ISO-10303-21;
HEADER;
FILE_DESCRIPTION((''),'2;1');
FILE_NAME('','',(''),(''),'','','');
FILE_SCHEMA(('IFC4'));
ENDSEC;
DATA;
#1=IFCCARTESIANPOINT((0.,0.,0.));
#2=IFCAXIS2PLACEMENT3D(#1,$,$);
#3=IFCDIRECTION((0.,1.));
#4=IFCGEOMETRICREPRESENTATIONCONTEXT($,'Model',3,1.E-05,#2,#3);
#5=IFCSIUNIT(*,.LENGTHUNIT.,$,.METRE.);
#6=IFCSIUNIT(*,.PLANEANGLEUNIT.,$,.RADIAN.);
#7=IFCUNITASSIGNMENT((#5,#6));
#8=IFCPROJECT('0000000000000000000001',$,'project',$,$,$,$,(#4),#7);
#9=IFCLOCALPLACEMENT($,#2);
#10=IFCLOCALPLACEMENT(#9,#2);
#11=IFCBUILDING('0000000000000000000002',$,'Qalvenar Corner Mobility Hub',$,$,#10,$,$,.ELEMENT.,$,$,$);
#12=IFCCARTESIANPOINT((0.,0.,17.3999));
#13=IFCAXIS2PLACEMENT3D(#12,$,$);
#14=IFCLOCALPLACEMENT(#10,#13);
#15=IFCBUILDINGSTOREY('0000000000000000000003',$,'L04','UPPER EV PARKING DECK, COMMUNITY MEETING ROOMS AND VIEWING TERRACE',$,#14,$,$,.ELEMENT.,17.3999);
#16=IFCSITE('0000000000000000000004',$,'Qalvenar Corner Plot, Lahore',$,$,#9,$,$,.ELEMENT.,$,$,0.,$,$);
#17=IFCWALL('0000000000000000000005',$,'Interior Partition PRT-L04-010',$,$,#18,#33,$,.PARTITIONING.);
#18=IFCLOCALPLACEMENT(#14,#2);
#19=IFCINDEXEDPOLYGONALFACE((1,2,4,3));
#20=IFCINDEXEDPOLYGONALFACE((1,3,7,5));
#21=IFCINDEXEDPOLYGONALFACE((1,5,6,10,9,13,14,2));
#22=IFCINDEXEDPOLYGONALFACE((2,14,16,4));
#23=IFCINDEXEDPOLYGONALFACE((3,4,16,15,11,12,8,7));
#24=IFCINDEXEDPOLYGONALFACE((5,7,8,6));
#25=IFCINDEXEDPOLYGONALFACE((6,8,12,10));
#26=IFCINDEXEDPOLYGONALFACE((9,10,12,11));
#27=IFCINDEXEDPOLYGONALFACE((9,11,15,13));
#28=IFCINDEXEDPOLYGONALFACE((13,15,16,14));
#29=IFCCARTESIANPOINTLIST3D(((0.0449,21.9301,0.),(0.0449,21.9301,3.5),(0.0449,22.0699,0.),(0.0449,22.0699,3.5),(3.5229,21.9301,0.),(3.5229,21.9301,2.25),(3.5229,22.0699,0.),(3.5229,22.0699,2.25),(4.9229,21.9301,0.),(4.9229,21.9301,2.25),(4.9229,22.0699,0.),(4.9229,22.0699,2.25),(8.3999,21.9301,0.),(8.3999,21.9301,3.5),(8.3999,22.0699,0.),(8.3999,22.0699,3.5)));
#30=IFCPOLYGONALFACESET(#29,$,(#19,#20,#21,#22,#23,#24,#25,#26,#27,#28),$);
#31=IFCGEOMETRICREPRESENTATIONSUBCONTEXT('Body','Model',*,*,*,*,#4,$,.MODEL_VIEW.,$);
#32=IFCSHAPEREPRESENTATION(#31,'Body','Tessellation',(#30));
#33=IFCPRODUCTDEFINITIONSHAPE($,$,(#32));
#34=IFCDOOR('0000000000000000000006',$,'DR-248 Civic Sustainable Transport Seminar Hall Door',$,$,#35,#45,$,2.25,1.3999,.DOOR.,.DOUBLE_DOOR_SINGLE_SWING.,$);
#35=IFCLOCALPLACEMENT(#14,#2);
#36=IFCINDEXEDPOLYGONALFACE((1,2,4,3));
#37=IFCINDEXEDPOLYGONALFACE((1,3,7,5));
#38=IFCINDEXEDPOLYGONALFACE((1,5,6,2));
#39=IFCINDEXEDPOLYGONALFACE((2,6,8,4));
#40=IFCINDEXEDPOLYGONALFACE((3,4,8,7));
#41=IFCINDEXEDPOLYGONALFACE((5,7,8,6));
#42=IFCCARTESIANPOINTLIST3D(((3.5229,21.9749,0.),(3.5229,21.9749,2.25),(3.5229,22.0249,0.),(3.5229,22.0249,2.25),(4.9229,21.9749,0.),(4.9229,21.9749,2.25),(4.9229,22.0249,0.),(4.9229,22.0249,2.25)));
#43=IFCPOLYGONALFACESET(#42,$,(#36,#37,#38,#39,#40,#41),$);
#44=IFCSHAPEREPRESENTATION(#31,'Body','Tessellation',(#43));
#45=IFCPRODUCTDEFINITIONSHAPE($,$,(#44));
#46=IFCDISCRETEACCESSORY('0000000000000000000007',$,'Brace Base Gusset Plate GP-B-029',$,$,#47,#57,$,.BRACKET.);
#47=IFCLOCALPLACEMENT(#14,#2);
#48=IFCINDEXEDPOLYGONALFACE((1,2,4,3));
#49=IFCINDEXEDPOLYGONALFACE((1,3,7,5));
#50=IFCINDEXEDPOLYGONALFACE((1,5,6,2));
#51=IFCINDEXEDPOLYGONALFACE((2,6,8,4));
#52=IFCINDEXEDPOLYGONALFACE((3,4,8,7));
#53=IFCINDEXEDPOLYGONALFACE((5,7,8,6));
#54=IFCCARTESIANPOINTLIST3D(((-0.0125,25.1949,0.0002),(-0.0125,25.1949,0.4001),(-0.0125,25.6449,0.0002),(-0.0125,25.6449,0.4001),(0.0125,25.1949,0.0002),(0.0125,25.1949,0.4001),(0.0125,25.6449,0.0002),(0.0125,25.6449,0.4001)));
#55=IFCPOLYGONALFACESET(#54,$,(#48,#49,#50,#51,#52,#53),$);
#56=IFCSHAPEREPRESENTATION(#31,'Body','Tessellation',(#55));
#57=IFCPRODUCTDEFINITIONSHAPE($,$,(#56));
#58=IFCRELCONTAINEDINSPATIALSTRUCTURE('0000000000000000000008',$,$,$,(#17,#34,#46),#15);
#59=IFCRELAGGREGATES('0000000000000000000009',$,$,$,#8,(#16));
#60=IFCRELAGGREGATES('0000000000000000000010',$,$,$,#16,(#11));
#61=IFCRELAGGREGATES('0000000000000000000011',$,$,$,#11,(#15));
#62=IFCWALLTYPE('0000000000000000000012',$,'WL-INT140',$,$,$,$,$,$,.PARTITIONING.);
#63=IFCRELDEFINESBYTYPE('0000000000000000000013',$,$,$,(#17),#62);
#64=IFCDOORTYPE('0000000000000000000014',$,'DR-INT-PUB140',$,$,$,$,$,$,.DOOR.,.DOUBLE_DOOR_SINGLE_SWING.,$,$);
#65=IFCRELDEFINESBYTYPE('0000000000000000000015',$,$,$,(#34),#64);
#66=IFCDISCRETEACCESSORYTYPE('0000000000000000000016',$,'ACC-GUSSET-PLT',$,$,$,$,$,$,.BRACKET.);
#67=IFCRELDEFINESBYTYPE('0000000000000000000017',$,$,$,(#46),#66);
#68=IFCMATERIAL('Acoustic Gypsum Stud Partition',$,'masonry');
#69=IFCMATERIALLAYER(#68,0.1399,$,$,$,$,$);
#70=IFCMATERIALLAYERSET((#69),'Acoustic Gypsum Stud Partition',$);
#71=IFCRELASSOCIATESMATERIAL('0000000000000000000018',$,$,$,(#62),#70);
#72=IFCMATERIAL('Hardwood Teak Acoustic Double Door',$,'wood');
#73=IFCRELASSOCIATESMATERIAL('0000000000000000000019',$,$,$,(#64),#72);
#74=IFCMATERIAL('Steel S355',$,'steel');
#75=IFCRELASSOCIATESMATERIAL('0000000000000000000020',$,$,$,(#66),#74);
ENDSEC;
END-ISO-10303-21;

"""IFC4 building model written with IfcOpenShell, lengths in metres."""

from ifc_helpers import new_model, si_unit, direction, frame, frame_2d, origin, origin_2d, place, context, subcontext, project, spatial, rectangle, extrude, material, layer, layer_set, type_object, element, fill, save


model = new_model("IFC4")

# Units and contexts
model_context = context("Model", 3, precision=1e-05, world=origin(), true_north=direction((0.0, 1.0)))
body_context = subcontext(model_context, "Body", "Model", "MODEL_VIEW")
ifc_project = project(units=[si_unit("LENGTHUNIT", "METRE"), si_unit("PLANEANGLEUNIT", "RADIAN")], contexts=[model_context])

# Site, building, storey
site_placement = place(None, origin())
site = spatial("IfcSite", under=ifc_project, at=site_placement, Name="Qalvenar Corner Plot, Lahore", CompositionType="ELEMENT", RefElevation=0.0)
building_placement = place(site_placement, origin())
building = spatial("IfcBuilding", under=site, at=building_placement, Name="Qalvenar Corner Mobility Hub", CompositionType="ELEMENT")
storey_placement = place(building_placement, frame((0.0, 0.0, 17.3999)))
storey = spatial("IfcBuildingStorey", under=building, at=storey_placement, Name="L04", Description="UPPER EV PARKING DECK, COMMUNITY MEETING ROOMS AND VIEWING TERRACE", CompositionType="ELEMENT", Elevation=17.3999)

# Shared definitions
ifc_material_1 = material(Name="Steel S355", Category="steel")

# Wall, opening, door
ifc_material_2 = material(Name="Acoustic Gypsum Stud Partition", Category="masonry")
ifc_layer_1 = layer(ifc_material_2, 0.1399)
ifc_layer_set_1 = layer_set([ifc_layer_1], Name="Acoustic Gypsum Stud Partition")
wall_type = type_object("IfcWallType", Name="WL-INT140", PredefinedType="PARTITIONING", material=ifc_layer_set_1)
wall_placement = place(storey_placement, frame((0.0449, 22.0, 0.0), z_axis=(0.0, 0.0, 1.0), x_axis=(1.0, 0.0, 0.0)))
wall = element("IfcWall", 1, at=wall_placement, inside=storey, type_object=wall_type, Name="Interior Partition PRT-L04-010", PredefinedType="PARTITIONING", context=body_context, shape_type="SweptSolid", body=[
    extrude(rectangle(XDim=8.355, YDim=0.1399, at=frame_2d((4.1775, 0.0))), origin(), (0.0, 0.0, 1.0), 3.5),
])
opening_placement = place(wall_placement, frame((3.478, 0.0, 0.0)))
opening = element("IfcOpeningElement", 2, at=opening_placement, cuts=wall, PredefinedType="OPENING", context=body_context, shape_type="SweptSolid", body=[
    extrude(rectangle(XDim=1.3999, YDim=2.25, at=frame_2d((0.7, 1.125))), frame((0.0, 0.0801, 0.0), z_axis=(0.0, -1.0, 0.0), x_axis=(1.0, 0.0, 0.0)), (0.0, 0.0, 1.0), 0.1599),
])
ifc_material_3 = material(Name="Hardwood Teak Acoustic Double Door", Category="wood")
door_type = type_object("IfcDoorType", Name="DR-INT-PUB140", OperationType="DOUBLE_DOOR_SINGLE_SWING", PredefinedType="DOOR", material=ifc_material_3)
door_placement = place(opening_placement, origin())
door = element("IfcDoor", 3, at=door_placement, inside=storey, type_object=door_type, Name="DR-248 Civic Sustainable Transport Seminar Hall Door", OperationType="DOUBLE_DOOR_SINGLE_SWING", OverallHeight=2.25, OverallWidth=1.3999, PredefinedType="DOOR", context=body_context, shape_type="SweptSolid", body=[
    extrude(rectangle(XDim=1.3999, YDim=2.25, at=frame_2d((0.7, 1.125))), frame((0.0, 0.0249, 0.0), z_axis=(0.0, -1.0, 0.0), x_axis=(1.0, 0.0, 0.0)), (0.0, 0.0, 1.0), 0.05),
])
fill(opening, door)

# Discrete accessory
discrete_accessory_type = type_object("IfcDiscreteAccessoryType", Name="ACC-GUSSET-PLT", PredefinedType="BRACKET", material=ifc_material_1)
discrete_accessory_placement = place(storey_placement, frame((0.0, 25.4199, 0.0002), z_axis=(0.0, 0.0, 1.0), x_axis=(0.0, 1.0, 0.0)))
element("IfcDiscreteAccessory", 4, at=discrete_accessory_placement, inside=storey, type_object=discrete_accessory_type, Name="Brace Base Gusset Plate GP-B-029", PredefinedType="BRACKET", context=body_context, shape_type="SweptSolid", body=[
    extrude(rectangle(XDim=0.45, YDim=0.0249, at=origin_2d()), origin(), (0.0, 0.0, 1.0), 0.3999),
])

save(model, "model.ifc")
